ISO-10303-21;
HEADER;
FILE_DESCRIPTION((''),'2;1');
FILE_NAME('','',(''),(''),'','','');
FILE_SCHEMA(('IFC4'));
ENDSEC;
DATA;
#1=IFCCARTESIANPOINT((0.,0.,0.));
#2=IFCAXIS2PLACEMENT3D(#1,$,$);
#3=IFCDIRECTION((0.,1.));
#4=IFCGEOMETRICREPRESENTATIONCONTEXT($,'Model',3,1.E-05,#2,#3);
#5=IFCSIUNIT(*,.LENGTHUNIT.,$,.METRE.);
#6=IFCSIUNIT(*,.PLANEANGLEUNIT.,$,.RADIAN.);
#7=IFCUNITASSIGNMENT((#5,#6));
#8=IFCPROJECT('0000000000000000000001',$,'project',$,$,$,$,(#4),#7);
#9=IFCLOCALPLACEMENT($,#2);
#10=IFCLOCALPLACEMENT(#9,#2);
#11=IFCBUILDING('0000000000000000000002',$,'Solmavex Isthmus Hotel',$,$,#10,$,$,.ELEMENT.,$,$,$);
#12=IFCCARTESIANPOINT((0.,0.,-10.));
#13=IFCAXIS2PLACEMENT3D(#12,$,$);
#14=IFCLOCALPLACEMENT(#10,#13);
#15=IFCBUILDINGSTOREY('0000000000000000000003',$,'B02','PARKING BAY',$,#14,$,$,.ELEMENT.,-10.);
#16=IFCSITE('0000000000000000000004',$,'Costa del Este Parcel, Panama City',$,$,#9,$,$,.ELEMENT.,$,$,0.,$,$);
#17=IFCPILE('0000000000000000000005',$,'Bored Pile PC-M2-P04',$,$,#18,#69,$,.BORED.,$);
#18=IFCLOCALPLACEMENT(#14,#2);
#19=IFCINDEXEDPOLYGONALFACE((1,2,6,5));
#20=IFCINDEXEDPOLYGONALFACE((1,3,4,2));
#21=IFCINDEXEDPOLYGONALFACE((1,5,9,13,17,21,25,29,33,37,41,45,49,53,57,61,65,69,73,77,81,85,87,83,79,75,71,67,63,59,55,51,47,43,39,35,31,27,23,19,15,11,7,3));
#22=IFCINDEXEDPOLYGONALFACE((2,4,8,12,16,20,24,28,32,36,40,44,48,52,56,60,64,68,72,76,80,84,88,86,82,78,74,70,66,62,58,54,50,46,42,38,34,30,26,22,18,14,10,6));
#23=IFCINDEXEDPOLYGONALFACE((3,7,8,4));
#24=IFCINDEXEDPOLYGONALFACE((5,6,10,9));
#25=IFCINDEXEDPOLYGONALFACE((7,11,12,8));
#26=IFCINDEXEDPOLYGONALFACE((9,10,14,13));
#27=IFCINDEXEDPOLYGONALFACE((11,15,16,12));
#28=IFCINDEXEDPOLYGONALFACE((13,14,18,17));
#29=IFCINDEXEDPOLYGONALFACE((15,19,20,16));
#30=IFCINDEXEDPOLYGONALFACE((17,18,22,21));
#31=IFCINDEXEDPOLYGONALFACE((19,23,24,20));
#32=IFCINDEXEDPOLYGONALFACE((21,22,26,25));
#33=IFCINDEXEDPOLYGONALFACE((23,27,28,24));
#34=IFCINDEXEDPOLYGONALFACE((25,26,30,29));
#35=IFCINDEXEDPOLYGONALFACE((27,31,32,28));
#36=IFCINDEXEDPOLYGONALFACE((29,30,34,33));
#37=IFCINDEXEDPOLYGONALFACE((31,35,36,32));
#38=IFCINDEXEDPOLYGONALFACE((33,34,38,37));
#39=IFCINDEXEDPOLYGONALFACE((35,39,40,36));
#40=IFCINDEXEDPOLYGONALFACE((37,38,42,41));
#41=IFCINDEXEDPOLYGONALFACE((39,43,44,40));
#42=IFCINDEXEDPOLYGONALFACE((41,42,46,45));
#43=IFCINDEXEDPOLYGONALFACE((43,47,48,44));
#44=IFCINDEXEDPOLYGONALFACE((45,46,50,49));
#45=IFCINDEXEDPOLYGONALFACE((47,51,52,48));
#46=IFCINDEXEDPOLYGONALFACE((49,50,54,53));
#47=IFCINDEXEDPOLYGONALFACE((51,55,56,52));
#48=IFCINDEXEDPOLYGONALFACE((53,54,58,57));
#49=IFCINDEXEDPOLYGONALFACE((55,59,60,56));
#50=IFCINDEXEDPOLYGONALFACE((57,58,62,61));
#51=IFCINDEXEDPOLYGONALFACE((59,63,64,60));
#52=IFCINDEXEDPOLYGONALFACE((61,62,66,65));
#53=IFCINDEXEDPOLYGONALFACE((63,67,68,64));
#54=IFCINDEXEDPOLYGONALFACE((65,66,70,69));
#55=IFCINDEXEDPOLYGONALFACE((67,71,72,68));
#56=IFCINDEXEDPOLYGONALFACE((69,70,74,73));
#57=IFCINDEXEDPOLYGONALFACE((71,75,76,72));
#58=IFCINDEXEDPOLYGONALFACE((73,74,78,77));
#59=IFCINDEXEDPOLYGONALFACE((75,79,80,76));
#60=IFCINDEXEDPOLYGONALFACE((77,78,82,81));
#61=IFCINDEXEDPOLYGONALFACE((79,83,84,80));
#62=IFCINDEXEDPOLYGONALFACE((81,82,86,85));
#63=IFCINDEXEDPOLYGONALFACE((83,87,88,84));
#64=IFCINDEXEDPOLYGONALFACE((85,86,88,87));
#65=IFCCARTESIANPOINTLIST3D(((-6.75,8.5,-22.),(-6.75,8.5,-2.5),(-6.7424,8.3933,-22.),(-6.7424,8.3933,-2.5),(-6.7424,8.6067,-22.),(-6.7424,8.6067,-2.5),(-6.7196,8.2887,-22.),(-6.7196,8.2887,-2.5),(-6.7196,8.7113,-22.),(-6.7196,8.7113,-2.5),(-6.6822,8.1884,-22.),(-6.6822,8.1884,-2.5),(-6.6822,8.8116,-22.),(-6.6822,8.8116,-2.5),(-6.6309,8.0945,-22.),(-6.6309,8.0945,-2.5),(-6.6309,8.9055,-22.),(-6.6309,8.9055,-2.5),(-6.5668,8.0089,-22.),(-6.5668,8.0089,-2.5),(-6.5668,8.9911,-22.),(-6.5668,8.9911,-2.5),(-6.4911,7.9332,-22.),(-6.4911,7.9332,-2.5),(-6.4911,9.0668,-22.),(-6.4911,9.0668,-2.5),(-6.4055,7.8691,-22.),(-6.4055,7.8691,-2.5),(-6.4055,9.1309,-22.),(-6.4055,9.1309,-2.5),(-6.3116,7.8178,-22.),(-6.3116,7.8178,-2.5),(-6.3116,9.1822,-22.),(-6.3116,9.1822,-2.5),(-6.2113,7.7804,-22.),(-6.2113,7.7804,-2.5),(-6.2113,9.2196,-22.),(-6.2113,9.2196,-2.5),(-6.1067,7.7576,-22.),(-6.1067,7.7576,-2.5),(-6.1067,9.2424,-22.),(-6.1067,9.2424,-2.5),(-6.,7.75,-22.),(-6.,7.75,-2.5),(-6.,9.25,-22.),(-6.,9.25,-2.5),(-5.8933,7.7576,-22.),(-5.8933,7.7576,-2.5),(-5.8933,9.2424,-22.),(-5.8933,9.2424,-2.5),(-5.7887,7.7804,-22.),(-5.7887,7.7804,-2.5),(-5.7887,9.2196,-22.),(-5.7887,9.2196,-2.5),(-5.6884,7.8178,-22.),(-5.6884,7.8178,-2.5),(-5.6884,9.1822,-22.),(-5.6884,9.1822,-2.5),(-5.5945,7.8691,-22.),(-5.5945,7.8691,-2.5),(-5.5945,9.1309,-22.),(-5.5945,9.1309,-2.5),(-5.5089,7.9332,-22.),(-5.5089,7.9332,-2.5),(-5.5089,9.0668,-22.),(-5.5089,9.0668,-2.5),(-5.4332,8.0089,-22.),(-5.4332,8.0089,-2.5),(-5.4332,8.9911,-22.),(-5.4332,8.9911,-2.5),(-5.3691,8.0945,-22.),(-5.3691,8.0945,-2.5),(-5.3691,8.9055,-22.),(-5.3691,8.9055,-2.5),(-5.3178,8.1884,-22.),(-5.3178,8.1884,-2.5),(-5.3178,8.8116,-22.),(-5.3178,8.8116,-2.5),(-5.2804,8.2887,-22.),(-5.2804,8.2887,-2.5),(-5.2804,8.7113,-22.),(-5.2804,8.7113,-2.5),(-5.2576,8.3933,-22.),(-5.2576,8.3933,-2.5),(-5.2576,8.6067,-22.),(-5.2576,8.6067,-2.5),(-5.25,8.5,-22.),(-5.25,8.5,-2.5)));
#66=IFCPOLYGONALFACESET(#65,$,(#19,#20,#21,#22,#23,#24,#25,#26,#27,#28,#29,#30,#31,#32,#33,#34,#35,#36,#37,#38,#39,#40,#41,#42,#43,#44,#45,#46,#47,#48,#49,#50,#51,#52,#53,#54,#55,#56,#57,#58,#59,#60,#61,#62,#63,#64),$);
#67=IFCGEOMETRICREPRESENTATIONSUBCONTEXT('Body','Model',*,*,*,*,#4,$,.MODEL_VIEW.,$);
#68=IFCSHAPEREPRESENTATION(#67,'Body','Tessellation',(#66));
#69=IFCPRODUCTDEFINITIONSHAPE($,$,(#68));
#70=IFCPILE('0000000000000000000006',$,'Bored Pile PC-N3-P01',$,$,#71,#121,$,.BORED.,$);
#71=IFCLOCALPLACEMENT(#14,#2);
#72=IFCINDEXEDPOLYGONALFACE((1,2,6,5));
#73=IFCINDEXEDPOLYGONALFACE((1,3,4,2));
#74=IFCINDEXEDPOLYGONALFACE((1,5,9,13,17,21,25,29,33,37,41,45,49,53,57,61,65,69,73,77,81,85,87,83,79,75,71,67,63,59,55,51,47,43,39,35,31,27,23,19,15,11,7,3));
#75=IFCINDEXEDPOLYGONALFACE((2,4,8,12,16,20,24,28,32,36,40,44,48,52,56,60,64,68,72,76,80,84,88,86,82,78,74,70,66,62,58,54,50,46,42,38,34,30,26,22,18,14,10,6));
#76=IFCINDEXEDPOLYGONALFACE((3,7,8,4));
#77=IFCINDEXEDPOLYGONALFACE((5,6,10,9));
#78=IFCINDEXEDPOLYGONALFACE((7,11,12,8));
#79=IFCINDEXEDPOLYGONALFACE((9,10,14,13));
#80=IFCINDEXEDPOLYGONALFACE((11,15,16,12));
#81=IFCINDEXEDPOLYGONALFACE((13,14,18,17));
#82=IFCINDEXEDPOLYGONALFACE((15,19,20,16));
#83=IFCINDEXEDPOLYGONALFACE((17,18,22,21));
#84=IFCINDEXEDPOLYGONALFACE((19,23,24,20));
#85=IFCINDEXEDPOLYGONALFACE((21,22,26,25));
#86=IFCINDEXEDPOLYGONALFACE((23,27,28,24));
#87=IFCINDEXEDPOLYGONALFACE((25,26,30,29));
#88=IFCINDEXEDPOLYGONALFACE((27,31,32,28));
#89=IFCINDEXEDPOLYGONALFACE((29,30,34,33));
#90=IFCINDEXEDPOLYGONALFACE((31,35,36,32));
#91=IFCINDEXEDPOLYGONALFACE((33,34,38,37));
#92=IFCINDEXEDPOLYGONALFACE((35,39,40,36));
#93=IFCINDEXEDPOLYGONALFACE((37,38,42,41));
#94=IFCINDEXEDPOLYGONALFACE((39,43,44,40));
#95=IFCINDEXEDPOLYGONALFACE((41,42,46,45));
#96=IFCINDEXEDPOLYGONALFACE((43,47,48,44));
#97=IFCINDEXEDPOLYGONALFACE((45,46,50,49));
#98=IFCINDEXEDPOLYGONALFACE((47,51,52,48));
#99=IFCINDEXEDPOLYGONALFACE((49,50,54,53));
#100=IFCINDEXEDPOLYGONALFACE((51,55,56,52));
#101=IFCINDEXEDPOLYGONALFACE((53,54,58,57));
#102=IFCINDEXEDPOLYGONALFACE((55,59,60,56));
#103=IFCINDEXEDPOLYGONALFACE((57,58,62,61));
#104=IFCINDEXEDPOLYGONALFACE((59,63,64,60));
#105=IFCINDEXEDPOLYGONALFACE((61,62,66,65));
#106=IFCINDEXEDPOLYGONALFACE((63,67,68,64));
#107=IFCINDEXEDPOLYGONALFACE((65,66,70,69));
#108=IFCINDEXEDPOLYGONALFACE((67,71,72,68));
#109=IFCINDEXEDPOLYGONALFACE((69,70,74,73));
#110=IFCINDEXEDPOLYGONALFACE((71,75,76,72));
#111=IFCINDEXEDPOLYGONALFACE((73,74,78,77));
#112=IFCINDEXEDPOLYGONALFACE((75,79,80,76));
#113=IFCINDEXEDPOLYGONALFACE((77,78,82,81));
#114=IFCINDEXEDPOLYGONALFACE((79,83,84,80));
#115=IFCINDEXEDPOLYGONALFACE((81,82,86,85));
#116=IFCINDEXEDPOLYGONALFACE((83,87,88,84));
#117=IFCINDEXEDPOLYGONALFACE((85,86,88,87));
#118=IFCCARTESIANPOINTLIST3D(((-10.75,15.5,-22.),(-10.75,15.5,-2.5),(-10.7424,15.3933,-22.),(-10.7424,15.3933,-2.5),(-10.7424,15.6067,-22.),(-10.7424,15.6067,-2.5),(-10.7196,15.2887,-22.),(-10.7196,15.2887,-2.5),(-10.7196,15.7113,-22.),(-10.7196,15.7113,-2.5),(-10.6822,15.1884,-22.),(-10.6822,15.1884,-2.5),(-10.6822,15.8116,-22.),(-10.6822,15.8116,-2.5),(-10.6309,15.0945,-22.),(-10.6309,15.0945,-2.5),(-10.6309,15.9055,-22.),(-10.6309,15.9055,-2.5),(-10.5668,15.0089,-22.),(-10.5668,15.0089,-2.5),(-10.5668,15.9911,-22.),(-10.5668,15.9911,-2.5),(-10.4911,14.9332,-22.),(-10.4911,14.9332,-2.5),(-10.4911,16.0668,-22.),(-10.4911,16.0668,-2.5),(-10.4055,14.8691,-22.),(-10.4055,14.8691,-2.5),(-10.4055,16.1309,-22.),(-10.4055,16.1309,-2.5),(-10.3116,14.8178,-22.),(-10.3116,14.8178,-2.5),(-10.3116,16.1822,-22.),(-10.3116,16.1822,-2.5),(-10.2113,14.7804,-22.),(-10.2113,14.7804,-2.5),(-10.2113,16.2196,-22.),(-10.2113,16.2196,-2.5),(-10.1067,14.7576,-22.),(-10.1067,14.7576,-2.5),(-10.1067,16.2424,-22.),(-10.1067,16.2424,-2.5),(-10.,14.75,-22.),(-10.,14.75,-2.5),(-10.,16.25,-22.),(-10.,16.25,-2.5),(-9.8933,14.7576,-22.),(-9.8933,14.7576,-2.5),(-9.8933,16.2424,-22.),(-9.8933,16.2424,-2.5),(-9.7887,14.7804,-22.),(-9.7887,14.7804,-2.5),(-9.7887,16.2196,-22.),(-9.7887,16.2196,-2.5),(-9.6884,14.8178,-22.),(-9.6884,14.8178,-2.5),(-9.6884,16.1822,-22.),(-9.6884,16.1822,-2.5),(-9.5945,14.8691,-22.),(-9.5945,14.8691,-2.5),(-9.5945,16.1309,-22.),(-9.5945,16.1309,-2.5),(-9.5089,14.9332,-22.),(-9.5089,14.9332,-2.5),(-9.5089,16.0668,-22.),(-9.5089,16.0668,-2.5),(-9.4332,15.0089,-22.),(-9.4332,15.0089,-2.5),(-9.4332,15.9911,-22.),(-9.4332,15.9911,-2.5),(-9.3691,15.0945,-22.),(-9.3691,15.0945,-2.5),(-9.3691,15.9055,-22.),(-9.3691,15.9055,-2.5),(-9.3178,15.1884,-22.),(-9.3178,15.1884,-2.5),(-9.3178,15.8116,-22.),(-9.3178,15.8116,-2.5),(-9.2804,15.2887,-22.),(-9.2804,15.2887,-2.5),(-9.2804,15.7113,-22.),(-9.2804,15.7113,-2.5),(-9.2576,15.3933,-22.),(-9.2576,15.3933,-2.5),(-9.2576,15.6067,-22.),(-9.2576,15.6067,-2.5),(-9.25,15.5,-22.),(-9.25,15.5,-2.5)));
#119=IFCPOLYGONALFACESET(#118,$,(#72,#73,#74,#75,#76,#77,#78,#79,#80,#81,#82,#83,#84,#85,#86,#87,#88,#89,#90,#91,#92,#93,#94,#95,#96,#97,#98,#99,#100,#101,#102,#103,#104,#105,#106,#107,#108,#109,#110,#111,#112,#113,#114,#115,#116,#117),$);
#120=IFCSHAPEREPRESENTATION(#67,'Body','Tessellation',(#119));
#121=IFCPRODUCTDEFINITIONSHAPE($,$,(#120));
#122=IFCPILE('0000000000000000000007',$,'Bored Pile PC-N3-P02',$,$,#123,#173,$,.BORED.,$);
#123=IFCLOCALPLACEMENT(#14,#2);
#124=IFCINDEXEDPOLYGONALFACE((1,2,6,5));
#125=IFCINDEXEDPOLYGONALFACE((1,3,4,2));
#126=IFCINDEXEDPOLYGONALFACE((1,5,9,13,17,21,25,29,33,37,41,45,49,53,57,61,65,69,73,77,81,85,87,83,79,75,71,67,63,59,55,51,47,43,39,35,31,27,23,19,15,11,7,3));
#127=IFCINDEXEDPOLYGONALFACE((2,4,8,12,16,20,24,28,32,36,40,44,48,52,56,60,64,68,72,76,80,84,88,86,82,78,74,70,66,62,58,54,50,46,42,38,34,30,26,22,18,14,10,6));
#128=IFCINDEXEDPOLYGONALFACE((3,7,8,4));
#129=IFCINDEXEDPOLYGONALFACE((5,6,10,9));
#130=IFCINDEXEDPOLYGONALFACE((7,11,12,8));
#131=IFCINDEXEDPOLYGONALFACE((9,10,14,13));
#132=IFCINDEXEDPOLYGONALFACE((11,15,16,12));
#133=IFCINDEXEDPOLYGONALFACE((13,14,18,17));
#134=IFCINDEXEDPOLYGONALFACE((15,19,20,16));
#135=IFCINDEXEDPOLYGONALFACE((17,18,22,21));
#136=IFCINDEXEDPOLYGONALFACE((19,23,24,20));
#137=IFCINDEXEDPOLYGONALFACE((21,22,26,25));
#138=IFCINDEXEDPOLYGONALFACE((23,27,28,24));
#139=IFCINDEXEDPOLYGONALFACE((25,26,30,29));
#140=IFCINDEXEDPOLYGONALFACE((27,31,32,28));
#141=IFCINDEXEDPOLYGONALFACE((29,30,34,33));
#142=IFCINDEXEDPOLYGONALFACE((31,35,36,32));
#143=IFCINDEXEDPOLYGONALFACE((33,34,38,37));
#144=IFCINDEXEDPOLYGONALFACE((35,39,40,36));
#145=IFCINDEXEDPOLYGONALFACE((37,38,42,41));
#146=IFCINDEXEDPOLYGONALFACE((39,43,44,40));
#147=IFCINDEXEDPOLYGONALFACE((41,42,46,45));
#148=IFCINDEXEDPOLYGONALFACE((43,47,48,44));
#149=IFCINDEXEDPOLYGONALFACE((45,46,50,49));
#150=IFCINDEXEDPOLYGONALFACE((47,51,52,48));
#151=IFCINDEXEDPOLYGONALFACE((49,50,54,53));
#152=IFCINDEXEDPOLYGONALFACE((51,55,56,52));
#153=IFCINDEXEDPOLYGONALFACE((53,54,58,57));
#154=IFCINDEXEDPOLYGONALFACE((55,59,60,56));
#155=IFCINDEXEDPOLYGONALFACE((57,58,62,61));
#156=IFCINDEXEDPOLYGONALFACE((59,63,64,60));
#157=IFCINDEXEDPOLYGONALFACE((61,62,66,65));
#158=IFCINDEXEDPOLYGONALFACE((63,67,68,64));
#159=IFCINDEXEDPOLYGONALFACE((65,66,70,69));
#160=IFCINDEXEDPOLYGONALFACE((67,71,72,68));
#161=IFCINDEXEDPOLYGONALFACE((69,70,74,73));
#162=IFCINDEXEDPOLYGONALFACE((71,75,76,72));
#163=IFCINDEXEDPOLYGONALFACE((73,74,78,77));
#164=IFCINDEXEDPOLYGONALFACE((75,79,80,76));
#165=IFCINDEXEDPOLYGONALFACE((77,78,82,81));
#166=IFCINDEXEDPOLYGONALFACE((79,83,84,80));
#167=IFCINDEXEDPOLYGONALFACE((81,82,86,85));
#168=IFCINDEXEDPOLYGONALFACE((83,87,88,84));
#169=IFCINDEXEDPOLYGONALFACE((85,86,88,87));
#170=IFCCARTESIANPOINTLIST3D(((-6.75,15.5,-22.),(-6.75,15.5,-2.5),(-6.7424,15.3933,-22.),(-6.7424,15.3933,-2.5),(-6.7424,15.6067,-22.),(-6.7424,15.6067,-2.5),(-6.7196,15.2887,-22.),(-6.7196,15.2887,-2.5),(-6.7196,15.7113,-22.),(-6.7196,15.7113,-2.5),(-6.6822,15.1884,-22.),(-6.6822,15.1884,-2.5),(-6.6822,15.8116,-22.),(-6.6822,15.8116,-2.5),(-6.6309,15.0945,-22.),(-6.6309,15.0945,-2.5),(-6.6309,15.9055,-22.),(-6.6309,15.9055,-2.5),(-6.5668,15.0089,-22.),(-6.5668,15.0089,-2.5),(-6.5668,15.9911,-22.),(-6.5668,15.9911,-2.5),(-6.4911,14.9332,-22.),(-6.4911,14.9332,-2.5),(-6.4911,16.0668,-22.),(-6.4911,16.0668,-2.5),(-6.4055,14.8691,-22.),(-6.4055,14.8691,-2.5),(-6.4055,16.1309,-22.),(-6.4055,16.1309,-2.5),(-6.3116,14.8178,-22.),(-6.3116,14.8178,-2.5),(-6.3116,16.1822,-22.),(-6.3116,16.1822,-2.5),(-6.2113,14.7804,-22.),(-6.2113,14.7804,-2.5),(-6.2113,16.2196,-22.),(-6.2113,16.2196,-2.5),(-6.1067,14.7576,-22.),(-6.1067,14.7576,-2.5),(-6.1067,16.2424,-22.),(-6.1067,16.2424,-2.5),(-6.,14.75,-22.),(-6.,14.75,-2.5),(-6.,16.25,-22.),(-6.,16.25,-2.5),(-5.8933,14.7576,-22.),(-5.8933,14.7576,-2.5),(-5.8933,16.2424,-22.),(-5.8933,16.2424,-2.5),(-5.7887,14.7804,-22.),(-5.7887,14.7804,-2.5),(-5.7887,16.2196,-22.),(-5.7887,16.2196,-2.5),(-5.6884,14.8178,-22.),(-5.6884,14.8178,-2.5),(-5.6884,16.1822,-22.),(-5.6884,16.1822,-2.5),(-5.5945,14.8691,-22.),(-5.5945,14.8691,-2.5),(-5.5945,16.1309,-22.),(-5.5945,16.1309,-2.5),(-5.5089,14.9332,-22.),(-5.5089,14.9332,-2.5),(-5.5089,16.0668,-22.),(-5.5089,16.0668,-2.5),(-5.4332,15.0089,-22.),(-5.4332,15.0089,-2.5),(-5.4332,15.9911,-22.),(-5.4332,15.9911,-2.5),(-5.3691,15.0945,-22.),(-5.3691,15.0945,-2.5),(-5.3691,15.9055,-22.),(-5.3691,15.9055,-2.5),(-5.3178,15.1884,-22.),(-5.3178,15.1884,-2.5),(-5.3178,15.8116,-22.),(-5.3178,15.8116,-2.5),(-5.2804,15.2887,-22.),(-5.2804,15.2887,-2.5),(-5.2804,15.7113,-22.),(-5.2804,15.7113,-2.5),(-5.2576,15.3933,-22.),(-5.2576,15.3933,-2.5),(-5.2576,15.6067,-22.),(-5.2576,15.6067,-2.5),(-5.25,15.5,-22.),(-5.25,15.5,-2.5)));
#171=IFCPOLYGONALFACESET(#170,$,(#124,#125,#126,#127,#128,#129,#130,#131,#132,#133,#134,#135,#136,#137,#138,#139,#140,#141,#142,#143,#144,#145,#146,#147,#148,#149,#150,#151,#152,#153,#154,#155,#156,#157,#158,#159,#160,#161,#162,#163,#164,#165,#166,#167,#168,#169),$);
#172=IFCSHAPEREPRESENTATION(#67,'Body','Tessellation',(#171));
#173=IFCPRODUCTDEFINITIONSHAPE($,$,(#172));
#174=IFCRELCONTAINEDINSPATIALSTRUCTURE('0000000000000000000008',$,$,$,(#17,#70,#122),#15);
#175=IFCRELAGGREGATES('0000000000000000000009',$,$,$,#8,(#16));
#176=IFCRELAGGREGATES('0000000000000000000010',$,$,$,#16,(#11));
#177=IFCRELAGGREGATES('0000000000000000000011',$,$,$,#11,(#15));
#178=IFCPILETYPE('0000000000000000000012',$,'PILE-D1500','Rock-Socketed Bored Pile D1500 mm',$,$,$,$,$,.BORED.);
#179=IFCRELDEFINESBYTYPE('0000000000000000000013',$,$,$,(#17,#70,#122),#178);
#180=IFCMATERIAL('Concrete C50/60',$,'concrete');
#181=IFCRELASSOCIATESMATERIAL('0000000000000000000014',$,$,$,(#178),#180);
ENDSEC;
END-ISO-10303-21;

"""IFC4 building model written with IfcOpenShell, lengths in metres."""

from ifc_helpers import new_model, si_unit, direction, frame, origin, origin_2d, place, context, subcontext, project, spatial, circle, extrude, material, material_profile, profile_set, type_object, element, save


model = new_model("IFC4")

# Units and contexts
model_context = context("Model", 3, precision=1e-05, world=origin(), true_north=direction((0.0, 1.0)))
body_context = subcontext(model_context, "Body", "Model", "MODEL_VIEW")
ifc_project = project(units=[si_unit("LENGTHUNIT", "METRE"), si_unit("PLANEANGLEUNIT", "RADIAN")], contexts=[model_context])

# Site, building, storey
site_placement = place(None, origin())
site = spatial("IfcSite", under=ifc_project, at=site_placement, Name="Costa del Este Parcel, Panama City", CompositionType="ELEMENT", RefElevation=0.0)
building_placement = place(site_placement, origin())
building = spatial("IfcBuilding", under=site, at=building_placement, Name="Solmavex Isthmus Hotel", CompositionType="ELEMENT")
storey_placement = place(building_placement, frame((0.0, 0.0, -10.0)))
storey = spatial("IfcBuildingStorey", under=building, at=storey_placement, Name="B02", Description="PARKING BAY", CompositionType="ELEMENT", Elevation=-10.0)

# Shared definitions
ifc_material_1 = material(Name="Concrete C50/60", Category="concrete")

# Piles
ifc_material_profile_1 = material_profile(ifc_material_1, circle(Radius=0.75, at=origin_2d()), Name="PILE1500")
ifc_profile_set_1 = profile_set([ifc_material_profile_1], Name="Concrete C50/60")
pile_type = type_object("IfcPileType", Name="PILE-D1500", Description="Rock-Socketed Bored Pile D1500 mm", PredefinedType="BORED", material=ifc_profile_set_1)
for number, where, z_axis, x_axis, name in (
    (1, (-6.0, 8.5, -2.5), (0.0, 0.0, -1.0), (1.0, 0.0, 0.0), "Bored Pile PC-M2-P04"),
    (2, (-10.0, 15.5, -2.5), (0.0, 0.0, -1.0), (1.0, 0.0, 0.0), "Bored Pile PC-N3-P01"),
    (3, (-6.0, 15.5, -2.5), (0.0, 0.0, -1.0), (1.0, 0.0, 0.0), "Bored Pile PC-N3-P02"),
):
    element("IfcPile", number, at=place(storey_placement, frame(where, z_axis=z_axis, x_axis=x_axis)), inside=storey, type_object=pile_type, Name=name, PredefinedType="BORED", context=body_context, shape_type="SweptSolid", body=[
        extrude(circle(Radius=0.75, at=origin_2d()), origin(), (0.0, 0.0, 1.0), 19.5),
    ])

save(model, "model.ifc")
